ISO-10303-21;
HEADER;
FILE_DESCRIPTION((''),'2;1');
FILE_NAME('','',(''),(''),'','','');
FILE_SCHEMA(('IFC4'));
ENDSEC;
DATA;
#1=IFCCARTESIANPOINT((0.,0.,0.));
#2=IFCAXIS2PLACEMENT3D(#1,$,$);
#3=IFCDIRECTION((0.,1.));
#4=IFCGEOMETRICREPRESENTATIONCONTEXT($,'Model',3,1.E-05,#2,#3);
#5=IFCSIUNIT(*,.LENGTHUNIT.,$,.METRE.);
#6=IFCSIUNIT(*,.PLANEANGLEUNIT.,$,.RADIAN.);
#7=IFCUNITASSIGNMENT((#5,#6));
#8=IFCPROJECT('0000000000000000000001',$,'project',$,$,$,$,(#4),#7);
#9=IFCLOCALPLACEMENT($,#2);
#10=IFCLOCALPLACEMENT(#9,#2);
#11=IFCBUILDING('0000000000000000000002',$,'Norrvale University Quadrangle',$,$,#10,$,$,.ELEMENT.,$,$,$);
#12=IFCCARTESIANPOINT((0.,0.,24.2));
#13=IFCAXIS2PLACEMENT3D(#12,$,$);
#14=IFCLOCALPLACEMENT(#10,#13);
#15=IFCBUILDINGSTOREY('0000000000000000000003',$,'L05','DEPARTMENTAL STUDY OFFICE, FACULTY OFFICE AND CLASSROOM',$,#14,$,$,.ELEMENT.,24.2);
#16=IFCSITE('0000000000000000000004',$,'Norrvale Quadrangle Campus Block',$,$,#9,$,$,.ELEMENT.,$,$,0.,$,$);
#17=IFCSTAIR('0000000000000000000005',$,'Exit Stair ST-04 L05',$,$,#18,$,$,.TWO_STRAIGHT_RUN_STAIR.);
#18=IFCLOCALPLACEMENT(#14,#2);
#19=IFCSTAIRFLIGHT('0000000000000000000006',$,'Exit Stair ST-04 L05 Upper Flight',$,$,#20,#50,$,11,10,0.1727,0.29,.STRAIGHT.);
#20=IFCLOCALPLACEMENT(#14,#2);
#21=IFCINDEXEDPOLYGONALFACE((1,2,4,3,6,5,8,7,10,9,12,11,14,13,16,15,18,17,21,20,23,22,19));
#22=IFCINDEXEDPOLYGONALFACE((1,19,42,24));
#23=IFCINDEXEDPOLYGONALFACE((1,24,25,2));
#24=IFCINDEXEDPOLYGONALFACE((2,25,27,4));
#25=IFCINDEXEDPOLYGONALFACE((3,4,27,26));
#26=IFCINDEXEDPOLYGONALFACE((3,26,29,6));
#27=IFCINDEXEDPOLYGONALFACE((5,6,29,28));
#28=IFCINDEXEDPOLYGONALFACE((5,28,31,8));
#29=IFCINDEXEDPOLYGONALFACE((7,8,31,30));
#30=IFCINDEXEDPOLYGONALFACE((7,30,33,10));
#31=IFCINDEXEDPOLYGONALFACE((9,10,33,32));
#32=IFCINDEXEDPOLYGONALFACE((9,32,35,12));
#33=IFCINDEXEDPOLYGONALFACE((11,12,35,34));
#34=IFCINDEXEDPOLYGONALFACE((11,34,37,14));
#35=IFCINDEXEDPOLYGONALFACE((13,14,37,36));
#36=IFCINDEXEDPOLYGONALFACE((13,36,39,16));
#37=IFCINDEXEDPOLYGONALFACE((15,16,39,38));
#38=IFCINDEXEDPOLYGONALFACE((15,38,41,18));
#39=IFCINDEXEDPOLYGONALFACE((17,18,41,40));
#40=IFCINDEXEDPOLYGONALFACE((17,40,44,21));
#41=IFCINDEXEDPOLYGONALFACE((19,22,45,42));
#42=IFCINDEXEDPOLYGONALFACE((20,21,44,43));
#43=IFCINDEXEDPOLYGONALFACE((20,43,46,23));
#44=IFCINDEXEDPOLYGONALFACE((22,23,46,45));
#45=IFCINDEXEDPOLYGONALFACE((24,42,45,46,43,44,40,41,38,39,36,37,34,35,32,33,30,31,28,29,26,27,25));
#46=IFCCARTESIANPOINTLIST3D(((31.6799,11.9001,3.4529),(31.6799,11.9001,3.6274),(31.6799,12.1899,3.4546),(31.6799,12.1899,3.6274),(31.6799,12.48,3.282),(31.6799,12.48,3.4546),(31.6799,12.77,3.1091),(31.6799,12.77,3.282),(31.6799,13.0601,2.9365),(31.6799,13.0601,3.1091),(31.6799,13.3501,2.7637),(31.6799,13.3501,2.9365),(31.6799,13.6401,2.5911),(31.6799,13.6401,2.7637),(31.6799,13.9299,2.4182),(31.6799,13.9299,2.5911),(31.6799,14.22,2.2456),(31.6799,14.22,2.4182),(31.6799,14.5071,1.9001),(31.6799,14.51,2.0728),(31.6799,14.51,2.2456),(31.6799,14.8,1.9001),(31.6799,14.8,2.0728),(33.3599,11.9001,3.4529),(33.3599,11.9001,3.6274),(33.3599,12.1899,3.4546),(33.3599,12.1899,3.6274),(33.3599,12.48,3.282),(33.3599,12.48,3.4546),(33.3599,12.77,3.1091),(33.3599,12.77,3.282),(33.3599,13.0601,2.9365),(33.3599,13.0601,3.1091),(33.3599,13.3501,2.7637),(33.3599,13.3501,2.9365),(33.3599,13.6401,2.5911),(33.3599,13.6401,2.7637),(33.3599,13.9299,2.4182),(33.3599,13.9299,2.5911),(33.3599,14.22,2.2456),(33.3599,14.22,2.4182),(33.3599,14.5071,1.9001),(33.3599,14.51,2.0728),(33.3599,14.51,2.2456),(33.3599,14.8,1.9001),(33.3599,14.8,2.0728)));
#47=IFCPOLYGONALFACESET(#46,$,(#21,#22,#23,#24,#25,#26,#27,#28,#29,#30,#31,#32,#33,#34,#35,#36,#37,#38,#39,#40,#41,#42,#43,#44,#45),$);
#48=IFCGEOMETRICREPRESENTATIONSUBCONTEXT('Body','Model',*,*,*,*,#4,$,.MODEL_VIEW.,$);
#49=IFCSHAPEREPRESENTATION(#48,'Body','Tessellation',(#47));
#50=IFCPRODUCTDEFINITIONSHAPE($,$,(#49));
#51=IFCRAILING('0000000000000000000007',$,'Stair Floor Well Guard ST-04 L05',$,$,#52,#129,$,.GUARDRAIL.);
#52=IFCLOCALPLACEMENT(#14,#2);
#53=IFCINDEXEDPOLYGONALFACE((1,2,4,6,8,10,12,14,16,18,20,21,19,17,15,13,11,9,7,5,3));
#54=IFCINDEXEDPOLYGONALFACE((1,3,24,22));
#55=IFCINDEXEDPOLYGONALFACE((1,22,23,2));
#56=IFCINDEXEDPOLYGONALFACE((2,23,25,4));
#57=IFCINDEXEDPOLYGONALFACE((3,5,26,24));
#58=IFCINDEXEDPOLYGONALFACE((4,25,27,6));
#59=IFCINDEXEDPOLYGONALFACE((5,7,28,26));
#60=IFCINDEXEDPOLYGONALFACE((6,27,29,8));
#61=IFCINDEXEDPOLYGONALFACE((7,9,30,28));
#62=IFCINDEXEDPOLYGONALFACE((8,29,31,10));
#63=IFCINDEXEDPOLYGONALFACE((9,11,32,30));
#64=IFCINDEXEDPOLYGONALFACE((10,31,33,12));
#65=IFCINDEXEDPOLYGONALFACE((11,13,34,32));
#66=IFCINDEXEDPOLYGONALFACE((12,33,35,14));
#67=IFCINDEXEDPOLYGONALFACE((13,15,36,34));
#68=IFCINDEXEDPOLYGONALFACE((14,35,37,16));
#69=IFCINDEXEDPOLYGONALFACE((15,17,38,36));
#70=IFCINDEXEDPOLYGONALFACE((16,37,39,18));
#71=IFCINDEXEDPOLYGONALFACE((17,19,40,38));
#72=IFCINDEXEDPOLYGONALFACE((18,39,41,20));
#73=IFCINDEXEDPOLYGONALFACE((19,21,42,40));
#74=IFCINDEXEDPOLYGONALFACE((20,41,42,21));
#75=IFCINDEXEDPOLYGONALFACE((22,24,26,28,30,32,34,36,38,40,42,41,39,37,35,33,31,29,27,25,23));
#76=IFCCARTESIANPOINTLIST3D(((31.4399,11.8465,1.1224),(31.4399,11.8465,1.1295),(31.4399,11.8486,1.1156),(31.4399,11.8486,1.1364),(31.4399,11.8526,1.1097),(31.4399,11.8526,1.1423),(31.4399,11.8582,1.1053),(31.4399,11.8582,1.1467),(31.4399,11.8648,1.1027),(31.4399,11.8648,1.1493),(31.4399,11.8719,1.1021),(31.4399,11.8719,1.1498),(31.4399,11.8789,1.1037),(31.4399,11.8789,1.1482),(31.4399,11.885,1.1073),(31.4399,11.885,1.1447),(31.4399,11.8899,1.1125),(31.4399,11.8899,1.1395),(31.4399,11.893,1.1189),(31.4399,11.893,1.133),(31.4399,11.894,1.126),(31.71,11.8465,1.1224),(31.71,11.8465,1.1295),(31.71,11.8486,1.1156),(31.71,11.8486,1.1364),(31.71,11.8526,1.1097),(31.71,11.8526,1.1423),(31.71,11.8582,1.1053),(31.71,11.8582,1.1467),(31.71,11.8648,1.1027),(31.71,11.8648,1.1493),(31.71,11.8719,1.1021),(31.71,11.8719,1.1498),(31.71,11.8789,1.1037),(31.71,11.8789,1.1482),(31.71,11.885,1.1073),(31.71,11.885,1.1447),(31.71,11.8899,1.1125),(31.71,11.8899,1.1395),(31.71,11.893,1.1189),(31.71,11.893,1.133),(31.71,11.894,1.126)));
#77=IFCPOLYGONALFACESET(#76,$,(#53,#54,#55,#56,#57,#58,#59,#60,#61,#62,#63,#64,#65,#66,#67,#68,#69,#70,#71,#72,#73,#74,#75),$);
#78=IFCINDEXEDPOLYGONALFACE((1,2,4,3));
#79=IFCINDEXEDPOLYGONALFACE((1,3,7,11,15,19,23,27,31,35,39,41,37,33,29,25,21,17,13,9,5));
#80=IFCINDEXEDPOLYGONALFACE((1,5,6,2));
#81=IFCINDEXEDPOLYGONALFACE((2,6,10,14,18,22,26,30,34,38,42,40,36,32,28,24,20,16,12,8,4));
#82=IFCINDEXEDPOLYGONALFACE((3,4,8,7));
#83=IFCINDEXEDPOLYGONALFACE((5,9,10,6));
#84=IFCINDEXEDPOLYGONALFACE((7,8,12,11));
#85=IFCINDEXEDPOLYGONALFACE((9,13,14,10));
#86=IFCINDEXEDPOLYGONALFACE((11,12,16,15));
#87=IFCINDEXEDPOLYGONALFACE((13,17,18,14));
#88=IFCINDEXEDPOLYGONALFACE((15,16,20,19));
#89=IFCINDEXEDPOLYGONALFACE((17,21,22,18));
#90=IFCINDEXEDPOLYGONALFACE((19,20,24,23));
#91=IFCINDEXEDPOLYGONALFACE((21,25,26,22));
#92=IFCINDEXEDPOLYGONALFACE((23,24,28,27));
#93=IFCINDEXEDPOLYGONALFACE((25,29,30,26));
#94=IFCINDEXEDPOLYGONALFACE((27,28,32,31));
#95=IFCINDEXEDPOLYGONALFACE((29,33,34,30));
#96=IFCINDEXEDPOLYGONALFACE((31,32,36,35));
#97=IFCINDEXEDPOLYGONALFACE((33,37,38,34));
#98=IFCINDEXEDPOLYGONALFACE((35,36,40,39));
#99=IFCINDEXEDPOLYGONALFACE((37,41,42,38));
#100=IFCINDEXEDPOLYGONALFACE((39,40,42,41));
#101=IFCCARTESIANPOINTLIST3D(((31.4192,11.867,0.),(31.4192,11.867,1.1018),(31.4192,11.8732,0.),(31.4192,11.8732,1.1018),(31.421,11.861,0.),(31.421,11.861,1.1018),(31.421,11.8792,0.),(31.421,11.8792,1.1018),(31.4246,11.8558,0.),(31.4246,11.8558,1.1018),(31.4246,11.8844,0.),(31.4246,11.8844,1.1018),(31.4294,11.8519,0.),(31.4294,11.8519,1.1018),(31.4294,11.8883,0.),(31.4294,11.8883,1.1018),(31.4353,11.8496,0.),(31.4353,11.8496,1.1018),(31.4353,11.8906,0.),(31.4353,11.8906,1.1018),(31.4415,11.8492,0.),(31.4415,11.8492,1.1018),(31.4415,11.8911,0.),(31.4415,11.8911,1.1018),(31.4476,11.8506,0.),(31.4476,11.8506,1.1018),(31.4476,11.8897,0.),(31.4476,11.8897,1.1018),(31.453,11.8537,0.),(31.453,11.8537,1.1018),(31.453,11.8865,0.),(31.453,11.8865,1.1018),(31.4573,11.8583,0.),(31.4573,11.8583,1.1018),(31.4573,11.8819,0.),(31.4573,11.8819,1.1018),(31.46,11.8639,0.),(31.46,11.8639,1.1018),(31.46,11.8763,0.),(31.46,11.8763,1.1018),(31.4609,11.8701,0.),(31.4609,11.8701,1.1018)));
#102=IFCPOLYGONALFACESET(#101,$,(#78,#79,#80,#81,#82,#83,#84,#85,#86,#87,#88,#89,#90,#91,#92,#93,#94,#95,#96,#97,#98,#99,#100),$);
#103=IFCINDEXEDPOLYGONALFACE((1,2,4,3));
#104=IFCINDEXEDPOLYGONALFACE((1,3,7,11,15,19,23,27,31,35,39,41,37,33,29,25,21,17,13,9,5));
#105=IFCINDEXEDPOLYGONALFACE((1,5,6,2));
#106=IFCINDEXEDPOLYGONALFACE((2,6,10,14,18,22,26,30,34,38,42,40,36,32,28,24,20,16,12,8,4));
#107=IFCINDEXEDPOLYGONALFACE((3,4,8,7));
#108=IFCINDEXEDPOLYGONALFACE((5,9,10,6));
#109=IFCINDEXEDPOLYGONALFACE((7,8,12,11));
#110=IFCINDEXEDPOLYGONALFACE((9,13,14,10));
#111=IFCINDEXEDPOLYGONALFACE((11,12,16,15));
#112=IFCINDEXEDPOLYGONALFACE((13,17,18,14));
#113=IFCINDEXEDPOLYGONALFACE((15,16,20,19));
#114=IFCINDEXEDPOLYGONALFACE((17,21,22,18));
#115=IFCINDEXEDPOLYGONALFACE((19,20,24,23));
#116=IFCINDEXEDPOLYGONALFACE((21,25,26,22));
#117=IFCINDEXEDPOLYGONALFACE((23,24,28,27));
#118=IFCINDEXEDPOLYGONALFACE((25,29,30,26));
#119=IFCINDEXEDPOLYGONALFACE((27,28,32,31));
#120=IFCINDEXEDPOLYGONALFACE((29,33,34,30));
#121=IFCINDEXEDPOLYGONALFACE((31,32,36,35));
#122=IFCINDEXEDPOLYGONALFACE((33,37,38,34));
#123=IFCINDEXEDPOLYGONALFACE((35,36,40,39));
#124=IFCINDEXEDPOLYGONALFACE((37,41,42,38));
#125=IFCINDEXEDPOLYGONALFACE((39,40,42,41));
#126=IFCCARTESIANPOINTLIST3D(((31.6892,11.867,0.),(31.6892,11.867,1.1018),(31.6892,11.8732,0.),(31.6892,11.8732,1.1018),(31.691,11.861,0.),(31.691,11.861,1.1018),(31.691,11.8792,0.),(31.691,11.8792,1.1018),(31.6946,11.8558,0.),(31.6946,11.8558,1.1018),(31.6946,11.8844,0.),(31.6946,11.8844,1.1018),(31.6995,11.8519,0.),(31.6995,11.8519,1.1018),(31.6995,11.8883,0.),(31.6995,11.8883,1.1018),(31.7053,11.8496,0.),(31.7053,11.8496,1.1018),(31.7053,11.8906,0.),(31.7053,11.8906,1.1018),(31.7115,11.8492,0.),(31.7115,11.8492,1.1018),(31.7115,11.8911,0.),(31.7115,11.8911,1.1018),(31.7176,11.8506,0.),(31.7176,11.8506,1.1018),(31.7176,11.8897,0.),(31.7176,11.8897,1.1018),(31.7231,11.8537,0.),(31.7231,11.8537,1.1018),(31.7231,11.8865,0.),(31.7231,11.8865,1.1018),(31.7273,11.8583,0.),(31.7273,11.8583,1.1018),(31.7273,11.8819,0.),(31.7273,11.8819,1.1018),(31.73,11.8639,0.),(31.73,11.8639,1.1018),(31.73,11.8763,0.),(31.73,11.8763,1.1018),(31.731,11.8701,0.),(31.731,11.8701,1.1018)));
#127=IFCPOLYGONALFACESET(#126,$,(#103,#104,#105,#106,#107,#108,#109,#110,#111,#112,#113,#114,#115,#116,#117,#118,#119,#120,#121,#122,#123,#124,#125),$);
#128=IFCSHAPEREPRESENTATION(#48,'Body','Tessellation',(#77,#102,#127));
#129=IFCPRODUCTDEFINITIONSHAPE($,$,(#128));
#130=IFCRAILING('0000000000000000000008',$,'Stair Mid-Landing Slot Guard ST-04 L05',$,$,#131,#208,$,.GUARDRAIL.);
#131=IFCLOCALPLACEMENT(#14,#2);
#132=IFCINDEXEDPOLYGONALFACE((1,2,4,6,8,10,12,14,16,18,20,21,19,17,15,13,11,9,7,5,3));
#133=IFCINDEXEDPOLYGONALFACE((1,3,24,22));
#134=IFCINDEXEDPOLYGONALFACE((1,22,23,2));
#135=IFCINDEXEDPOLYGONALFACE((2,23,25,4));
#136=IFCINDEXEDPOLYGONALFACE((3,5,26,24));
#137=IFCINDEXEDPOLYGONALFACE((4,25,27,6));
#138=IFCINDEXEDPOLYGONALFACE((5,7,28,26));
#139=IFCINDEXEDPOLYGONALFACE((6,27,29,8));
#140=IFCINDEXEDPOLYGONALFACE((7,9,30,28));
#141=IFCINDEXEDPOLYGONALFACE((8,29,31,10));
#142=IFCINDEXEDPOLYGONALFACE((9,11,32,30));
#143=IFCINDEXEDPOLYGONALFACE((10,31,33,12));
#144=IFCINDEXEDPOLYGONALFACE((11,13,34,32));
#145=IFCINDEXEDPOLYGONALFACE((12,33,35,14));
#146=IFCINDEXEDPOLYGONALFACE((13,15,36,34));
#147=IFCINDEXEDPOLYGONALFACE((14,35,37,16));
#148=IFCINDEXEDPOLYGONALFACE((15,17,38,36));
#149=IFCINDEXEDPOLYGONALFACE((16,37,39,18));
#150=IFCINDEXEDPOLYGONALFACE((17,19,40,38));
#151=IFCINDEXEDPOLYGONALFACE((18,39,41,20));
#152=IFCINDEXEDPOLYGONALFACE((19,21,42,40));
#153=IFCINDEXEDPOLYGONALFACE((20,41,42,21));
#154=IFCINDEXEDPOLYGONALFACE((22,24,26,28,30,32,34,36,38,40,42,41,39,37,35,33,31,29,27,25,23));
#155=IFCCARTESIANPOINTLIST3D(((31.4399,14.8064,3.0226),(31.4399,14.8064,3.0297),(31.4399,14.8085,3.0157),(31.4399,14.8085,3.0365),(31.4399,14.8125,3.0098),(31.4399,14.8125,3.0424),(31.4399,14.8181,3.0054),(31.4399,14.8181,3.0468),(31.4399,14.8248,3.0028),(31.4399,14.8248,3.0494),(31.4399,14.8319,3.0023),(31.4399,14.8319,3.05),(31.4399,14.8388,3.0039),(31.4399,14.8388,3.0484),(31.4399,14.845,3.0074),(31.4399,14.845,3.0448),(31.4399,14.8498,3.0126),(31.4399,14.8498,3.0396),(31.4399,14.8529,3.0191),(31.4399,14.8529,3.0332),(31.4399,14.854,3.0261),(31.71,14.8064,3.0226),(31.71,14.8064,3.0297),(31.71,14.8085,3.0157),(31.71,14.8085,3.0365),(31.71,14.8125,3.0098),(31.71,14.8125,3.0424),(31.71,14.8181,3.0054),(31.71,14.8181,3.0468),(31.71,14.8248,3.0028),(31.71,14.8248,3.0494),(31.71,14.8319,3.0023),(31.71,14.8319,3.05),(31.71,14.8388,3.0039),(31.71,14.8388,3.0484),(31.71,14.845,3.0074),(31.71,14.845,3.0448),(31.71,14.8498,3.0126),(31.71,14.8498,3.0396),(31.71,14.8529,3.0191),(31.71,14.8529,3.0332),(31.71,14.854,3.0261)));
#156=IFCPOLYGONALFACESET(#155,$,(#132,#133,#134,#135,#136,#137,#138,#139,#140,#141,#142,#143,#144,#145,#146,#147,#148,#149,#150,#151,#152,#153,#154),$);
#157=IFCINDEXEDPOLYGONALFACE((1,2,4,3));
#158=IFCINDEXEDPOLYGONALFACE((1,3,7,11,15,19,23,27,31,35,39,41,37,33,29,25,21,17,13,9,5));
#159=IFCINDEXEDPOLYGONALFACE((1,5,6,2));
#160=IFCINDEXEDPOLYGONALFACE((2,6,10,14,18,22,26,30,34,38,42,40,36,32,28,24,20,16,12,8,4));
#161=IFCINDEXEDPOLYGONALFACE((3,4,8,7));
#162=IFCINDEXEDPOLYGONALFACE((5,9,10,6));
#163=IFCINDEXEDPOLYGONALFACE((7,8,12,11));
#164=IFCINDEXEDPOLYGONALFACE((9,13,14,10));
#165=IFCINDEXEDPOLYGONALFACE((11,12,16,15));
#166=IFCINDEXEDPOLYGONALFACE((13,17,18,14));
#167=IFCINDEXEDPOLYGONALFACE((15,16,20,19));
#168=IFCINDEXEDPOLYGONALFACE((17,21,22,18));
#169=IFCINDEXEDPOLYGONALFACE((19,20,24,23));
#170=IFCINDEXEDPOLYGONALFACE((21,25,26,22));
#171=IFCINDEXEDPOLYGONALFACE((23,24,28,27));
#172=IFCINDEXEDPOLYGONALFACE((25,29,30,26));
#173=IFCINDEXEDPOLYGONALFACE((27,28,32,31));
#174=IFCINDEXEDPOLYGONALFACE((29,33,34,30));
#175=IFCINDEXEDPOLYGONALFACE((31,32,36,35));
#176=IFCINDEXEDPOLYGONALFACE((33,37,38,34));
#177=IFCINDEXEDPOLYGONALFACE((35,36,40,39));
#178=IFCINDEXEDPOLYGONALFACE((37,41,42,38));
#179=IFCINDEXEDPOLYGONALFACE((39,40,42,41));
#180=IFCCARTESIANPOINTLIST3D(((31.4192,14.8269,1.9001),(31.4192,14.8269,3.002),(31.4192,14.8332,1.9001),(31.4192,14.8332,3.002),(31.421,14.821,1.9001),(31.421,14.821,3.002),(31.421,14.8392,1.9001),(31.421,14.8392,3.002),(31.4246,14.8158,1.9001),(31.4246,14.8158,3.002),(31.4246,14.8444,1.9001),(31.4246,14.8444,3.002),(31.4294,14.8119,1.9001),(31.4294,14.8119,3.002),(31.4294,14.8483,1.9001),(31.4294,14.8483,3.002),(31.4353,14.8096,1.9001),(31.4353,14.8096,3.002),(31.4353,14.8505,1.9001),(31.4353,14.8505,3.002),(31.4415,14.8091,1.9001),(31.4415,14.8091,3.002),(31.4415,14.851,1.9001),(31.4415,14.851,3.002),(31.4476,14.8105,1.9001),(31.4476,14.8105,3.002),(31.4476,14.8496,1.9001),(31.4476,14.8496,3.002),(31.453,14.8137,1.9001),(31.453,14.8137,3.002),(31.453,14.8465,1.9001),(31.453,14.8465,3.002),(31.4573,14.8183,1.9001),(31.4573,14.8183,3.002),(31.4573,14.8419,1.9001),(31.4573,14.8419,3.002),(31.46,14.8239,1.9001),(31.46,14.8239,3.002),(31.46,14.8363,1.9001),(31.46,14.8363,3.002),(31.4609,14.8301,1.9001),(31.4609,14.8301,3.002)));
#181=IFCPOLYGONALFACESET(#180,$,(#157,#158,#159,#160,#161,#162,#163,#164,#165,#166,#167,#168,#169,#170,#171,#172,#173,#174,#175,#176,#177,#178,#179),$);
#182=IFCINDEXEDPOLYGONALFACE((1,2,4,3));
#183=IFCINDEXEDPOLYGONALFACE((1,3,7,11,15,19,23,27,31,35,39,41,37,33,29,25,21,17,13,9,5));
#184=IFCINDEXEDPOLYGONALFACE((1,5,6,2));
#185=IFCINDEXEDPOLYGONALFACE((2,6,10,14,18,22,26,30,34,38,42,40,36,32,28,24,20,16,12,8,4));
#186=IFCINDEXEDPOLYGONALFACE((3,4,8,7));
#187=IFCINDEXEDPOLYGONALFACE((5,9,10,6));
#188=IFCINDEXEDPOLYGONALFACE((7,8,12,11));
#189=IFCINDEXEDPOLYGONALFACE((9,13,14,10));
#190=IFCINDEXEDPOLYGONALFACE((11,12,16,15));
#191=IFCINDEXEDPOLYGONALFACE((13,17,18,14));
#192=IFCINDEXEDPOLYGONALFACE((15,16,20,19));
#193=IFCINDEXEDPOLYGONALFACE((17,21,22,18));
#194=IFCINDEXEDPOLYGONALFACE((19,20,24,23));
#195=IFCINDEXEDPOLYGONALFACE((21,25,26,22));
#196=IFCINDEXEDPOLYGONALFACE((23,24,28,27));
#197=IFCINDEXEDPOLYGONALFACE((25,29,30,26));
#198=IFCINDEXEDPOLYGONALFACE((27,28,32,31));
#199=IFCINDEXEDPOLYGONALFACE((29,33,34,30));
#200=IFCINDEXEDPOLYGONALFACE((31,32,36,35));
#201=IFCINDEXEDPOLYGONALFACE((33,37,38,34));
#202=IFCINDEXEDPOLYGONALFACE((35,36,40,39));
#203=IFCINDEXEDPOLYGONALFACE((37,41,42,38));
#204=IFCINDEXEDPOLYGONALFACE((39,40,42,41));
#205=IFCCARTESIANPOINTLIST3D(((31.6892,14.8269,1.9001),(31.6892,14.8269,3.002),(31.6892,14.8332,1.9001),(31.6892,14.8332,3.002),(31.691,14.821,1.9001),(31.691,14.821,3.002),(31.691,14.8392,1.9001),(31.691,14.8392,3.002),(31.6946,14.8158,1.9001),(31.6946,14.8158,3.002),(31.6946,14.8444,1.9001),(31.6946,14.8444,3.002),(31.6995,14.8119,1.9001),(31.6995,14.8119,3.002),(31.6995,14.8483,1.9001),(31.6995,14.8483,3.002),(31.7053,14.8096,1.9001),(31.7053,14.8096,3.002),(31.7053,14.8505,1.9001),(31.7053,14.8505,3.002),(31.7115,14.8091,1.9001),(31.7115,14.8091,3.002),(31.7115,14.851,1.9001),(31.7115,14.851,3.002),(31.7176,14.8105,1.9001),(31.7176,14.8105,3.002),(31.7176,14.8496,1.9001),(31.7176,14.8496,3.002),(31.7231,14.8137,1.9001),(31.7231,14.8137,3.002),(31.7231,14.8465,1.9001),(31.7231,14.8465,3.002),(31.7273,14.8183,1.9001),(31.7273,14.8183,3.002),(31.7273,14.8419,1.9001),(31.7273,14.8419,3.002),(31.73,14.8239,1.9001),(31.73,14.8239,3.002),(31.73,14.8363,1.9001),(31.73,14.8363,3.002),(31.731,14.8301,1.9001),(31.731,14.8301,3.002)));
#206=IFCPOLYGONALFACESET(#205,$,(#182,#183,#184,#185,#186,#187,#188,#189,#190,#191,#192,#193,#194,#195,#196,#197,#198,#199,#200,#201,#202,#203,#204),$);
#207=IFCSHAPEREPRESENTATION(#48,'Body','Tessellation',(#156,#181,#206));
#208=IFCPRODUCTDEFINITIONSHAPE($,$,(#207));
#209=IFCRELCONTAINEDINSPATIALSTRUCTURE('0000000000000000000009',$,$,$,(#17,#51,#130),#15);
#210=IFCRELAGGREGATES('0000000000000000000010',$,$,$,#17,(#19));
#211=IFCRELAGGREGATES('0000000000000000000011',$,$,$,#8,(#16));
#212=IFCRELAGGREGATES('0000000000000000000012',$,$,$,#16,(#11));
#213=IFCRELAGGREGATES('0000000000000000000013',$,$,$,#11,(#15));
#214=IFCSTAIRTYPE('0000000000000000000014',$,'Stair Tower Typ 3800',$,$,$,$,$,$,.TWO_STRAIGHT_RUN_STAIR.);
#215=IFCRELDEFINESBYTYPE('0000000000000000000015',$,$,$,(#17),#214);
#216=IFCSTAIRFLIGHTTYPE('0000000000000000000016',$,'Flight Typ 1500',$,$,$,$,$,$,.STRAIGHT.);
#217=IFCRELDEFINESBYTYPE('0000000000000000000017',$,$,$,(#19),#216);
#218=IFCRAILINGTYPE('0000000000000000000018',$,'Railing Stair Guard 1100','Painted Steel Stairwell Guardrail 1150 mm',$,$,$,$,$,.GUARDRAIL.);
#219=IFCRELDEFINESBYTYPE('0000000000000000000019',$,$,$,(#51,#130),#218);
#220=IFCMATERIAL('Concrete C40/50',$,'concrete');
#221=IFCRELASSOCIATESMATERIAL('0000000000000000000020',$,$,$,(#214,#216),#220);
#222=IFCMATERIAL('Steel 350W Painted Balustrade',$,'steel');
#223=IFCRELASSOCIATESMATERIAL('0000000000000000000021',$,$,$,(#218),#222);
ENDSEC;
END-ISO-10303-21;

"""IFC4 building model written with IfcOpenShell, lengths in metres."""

from ifc_helpers import new_model, si_unit, direction, frame, origin, origin_2d, place, context, subcontext, project, spatial, polyline, circle, outline, extrude, material, type_object, element, aggregate, save


model = new_model("IFC4")

# Units and contexts
model_context = context("Model", 3, precision=1e-05, world=origin(), true_north=direction((0.0, 1.0)))
body_context = subcontext(model_context, "Body", "Model", "MODEL_VIEW")
ifc_project = project(units=[si_unit("LENGTHUNIT", "METRE"), si_unit("PLANEANGLEUNIT", "RADIAN")], contexts=[model_context])

# Site, building, storey
site_placement = place(None, origin())
site = spatial("IfcSite", under=ifc_project, at=site_placement, Name="Norrvale Quadrangle Campus Block", CompositionType="ELEMENT", RefElevation=0.0)
building_placement = place(site_placement, origin())
building = spatial("IfcBuilding", under=site, at=building_placement, Name="Norrvale University Quadrangle", CompositionType="ELEMENT")
storey_placement = place(building_placement, frame((0.0, 0.0, 24.2)))
storey = spatial("IfcBuildingStorey", under=building, at=storey_placement, Name="L05", Description="DEPARTMENTAL STUDY OFFICE, FACULTY OFFICE AND CLASSROOM", CompositionType="ELEMENT", Elevation=24.2)

# Stair, stair flight
ifc_material_1 = material(Name="Concrete C40/50", Category="concrete")
stair_type = type_object("IfcStairType", Name="Stair Tower Typ 3800", PredefinedType="TWO_STRAIGHT_RUN_STAIR", material=ifc_material_1)
stair_placement = place(storey_placement, origin())
stair = element("IfcStair", 1, at=stair_placement, inside=storey, type_object=stair_type, Name="Exit Stair ST-04 L05", PredefinedType="TWO_STRAIGHT_RUN_STAIR")
stair_flight_type = type_object("IfcStairFlightType", Name="Flight Typ 1500", PredefinedType="STRAIGHT", material=ifc_material_1)
stair_flight_1_placement = place(storey_placement, frame((32.52, 14.8, 1.9001), z_axis=(0.0, 0.0, 1.0), x_axis=(0.0, -1.0, 0.0)))
stair_flight_1 = element("IfcStairFlight", 2, at=stair_flight_1_placement, type_object=stair_flight_type, Name="Exit Stair ST-04 L05 Upper Flight", NumberOfRisers=11, NumberOfTreads=10, PredefinedType="STRAIGHT", RiserHeight=0.1727, TreadLength=0.29, context=body_context, shape_type="SweptSolid", body=[
    extrude(outline(polyline([(0.0, 0.0), (0.0, 0.1726), (0.29, 0.1726), (0.29, 0.3455), (0.5801, 0.3455), (0.5801, 0.5181), (0.8701, 0.5181), (0.8701, 0.6909), (1.1599, 0.6909), (1.1599, 0.8635), (1.45, 0.8635), (1.45, 1.0364), (1.74, 1.0364), (1.74, 1.209), (2.03, 1.209), (2.03, 1.3818), (2.3201, 1.3818), (2.3201, 1.5544), (2.6101, 1.5544), (2.6101, 1.7273), (2.8999, 1.7273), (2.8999, 1.8999), (2.8999, 1.5527), (0.293, 0.0), (0.0, 0.0)])), frame((0.0, 0.8398, 0.0), z_axis=(0.0, -1.0, 0.0), x_axis=(1.0, 0.0, 0.0)), (0.0, 0.0, 1.0), 1.6799),
])
aggregate(stair, [stair_flight_1])

# Railings
ifc_material_2 = material(Name="Steel 350W Painted Balustrade", Category="steel")
railing_type_1 = type_object("IfcRailingType", Name="Railing Stair Guard 1100", Description="Painted Steel Stairwell Guardrail 1150 mm", PredefinedType="GUARDRAIL", material=ifc_material_2)
for number, where, name in (
    (3, (31.4399, 11.8701, 0.0), "Stair Floor Well Guard ST-04 L05"),
    (4, (31.4399, 14.8301, 1.9001), "Stair Mid-Landing Slot Guard ST-04 L05"),
):
    element("IfcRailing", number, at=place(storey_placement, frame(where)), inside=storey, type_object=railing_type_1, Name=name, PredefinedType="GUARDRAIL", context=body_context, shape_type="SweptSolid", body=[
        extrude(circle(Radius=0.0239, at=origin_2d()), frame((0.0, 0.0, 1.126), z_axis=(1.0, 0.0, 0.0), x_axis=(0.0, 1.0, 0.0)), (0.0, 0.0, 1.0), 0.27),
        extrude(circle(Radius=0.021, at=origin_2d()), origin(), (0.0, 0.0, 1.0), 1.1018),
        extrude(circle(Radius=0.021, at=origin_2d()), frame((0.27, 0.0, 0.0)), (0.0, 0.0, 1.0), 1.1018),
    ])

save(model, "model.ifc")
